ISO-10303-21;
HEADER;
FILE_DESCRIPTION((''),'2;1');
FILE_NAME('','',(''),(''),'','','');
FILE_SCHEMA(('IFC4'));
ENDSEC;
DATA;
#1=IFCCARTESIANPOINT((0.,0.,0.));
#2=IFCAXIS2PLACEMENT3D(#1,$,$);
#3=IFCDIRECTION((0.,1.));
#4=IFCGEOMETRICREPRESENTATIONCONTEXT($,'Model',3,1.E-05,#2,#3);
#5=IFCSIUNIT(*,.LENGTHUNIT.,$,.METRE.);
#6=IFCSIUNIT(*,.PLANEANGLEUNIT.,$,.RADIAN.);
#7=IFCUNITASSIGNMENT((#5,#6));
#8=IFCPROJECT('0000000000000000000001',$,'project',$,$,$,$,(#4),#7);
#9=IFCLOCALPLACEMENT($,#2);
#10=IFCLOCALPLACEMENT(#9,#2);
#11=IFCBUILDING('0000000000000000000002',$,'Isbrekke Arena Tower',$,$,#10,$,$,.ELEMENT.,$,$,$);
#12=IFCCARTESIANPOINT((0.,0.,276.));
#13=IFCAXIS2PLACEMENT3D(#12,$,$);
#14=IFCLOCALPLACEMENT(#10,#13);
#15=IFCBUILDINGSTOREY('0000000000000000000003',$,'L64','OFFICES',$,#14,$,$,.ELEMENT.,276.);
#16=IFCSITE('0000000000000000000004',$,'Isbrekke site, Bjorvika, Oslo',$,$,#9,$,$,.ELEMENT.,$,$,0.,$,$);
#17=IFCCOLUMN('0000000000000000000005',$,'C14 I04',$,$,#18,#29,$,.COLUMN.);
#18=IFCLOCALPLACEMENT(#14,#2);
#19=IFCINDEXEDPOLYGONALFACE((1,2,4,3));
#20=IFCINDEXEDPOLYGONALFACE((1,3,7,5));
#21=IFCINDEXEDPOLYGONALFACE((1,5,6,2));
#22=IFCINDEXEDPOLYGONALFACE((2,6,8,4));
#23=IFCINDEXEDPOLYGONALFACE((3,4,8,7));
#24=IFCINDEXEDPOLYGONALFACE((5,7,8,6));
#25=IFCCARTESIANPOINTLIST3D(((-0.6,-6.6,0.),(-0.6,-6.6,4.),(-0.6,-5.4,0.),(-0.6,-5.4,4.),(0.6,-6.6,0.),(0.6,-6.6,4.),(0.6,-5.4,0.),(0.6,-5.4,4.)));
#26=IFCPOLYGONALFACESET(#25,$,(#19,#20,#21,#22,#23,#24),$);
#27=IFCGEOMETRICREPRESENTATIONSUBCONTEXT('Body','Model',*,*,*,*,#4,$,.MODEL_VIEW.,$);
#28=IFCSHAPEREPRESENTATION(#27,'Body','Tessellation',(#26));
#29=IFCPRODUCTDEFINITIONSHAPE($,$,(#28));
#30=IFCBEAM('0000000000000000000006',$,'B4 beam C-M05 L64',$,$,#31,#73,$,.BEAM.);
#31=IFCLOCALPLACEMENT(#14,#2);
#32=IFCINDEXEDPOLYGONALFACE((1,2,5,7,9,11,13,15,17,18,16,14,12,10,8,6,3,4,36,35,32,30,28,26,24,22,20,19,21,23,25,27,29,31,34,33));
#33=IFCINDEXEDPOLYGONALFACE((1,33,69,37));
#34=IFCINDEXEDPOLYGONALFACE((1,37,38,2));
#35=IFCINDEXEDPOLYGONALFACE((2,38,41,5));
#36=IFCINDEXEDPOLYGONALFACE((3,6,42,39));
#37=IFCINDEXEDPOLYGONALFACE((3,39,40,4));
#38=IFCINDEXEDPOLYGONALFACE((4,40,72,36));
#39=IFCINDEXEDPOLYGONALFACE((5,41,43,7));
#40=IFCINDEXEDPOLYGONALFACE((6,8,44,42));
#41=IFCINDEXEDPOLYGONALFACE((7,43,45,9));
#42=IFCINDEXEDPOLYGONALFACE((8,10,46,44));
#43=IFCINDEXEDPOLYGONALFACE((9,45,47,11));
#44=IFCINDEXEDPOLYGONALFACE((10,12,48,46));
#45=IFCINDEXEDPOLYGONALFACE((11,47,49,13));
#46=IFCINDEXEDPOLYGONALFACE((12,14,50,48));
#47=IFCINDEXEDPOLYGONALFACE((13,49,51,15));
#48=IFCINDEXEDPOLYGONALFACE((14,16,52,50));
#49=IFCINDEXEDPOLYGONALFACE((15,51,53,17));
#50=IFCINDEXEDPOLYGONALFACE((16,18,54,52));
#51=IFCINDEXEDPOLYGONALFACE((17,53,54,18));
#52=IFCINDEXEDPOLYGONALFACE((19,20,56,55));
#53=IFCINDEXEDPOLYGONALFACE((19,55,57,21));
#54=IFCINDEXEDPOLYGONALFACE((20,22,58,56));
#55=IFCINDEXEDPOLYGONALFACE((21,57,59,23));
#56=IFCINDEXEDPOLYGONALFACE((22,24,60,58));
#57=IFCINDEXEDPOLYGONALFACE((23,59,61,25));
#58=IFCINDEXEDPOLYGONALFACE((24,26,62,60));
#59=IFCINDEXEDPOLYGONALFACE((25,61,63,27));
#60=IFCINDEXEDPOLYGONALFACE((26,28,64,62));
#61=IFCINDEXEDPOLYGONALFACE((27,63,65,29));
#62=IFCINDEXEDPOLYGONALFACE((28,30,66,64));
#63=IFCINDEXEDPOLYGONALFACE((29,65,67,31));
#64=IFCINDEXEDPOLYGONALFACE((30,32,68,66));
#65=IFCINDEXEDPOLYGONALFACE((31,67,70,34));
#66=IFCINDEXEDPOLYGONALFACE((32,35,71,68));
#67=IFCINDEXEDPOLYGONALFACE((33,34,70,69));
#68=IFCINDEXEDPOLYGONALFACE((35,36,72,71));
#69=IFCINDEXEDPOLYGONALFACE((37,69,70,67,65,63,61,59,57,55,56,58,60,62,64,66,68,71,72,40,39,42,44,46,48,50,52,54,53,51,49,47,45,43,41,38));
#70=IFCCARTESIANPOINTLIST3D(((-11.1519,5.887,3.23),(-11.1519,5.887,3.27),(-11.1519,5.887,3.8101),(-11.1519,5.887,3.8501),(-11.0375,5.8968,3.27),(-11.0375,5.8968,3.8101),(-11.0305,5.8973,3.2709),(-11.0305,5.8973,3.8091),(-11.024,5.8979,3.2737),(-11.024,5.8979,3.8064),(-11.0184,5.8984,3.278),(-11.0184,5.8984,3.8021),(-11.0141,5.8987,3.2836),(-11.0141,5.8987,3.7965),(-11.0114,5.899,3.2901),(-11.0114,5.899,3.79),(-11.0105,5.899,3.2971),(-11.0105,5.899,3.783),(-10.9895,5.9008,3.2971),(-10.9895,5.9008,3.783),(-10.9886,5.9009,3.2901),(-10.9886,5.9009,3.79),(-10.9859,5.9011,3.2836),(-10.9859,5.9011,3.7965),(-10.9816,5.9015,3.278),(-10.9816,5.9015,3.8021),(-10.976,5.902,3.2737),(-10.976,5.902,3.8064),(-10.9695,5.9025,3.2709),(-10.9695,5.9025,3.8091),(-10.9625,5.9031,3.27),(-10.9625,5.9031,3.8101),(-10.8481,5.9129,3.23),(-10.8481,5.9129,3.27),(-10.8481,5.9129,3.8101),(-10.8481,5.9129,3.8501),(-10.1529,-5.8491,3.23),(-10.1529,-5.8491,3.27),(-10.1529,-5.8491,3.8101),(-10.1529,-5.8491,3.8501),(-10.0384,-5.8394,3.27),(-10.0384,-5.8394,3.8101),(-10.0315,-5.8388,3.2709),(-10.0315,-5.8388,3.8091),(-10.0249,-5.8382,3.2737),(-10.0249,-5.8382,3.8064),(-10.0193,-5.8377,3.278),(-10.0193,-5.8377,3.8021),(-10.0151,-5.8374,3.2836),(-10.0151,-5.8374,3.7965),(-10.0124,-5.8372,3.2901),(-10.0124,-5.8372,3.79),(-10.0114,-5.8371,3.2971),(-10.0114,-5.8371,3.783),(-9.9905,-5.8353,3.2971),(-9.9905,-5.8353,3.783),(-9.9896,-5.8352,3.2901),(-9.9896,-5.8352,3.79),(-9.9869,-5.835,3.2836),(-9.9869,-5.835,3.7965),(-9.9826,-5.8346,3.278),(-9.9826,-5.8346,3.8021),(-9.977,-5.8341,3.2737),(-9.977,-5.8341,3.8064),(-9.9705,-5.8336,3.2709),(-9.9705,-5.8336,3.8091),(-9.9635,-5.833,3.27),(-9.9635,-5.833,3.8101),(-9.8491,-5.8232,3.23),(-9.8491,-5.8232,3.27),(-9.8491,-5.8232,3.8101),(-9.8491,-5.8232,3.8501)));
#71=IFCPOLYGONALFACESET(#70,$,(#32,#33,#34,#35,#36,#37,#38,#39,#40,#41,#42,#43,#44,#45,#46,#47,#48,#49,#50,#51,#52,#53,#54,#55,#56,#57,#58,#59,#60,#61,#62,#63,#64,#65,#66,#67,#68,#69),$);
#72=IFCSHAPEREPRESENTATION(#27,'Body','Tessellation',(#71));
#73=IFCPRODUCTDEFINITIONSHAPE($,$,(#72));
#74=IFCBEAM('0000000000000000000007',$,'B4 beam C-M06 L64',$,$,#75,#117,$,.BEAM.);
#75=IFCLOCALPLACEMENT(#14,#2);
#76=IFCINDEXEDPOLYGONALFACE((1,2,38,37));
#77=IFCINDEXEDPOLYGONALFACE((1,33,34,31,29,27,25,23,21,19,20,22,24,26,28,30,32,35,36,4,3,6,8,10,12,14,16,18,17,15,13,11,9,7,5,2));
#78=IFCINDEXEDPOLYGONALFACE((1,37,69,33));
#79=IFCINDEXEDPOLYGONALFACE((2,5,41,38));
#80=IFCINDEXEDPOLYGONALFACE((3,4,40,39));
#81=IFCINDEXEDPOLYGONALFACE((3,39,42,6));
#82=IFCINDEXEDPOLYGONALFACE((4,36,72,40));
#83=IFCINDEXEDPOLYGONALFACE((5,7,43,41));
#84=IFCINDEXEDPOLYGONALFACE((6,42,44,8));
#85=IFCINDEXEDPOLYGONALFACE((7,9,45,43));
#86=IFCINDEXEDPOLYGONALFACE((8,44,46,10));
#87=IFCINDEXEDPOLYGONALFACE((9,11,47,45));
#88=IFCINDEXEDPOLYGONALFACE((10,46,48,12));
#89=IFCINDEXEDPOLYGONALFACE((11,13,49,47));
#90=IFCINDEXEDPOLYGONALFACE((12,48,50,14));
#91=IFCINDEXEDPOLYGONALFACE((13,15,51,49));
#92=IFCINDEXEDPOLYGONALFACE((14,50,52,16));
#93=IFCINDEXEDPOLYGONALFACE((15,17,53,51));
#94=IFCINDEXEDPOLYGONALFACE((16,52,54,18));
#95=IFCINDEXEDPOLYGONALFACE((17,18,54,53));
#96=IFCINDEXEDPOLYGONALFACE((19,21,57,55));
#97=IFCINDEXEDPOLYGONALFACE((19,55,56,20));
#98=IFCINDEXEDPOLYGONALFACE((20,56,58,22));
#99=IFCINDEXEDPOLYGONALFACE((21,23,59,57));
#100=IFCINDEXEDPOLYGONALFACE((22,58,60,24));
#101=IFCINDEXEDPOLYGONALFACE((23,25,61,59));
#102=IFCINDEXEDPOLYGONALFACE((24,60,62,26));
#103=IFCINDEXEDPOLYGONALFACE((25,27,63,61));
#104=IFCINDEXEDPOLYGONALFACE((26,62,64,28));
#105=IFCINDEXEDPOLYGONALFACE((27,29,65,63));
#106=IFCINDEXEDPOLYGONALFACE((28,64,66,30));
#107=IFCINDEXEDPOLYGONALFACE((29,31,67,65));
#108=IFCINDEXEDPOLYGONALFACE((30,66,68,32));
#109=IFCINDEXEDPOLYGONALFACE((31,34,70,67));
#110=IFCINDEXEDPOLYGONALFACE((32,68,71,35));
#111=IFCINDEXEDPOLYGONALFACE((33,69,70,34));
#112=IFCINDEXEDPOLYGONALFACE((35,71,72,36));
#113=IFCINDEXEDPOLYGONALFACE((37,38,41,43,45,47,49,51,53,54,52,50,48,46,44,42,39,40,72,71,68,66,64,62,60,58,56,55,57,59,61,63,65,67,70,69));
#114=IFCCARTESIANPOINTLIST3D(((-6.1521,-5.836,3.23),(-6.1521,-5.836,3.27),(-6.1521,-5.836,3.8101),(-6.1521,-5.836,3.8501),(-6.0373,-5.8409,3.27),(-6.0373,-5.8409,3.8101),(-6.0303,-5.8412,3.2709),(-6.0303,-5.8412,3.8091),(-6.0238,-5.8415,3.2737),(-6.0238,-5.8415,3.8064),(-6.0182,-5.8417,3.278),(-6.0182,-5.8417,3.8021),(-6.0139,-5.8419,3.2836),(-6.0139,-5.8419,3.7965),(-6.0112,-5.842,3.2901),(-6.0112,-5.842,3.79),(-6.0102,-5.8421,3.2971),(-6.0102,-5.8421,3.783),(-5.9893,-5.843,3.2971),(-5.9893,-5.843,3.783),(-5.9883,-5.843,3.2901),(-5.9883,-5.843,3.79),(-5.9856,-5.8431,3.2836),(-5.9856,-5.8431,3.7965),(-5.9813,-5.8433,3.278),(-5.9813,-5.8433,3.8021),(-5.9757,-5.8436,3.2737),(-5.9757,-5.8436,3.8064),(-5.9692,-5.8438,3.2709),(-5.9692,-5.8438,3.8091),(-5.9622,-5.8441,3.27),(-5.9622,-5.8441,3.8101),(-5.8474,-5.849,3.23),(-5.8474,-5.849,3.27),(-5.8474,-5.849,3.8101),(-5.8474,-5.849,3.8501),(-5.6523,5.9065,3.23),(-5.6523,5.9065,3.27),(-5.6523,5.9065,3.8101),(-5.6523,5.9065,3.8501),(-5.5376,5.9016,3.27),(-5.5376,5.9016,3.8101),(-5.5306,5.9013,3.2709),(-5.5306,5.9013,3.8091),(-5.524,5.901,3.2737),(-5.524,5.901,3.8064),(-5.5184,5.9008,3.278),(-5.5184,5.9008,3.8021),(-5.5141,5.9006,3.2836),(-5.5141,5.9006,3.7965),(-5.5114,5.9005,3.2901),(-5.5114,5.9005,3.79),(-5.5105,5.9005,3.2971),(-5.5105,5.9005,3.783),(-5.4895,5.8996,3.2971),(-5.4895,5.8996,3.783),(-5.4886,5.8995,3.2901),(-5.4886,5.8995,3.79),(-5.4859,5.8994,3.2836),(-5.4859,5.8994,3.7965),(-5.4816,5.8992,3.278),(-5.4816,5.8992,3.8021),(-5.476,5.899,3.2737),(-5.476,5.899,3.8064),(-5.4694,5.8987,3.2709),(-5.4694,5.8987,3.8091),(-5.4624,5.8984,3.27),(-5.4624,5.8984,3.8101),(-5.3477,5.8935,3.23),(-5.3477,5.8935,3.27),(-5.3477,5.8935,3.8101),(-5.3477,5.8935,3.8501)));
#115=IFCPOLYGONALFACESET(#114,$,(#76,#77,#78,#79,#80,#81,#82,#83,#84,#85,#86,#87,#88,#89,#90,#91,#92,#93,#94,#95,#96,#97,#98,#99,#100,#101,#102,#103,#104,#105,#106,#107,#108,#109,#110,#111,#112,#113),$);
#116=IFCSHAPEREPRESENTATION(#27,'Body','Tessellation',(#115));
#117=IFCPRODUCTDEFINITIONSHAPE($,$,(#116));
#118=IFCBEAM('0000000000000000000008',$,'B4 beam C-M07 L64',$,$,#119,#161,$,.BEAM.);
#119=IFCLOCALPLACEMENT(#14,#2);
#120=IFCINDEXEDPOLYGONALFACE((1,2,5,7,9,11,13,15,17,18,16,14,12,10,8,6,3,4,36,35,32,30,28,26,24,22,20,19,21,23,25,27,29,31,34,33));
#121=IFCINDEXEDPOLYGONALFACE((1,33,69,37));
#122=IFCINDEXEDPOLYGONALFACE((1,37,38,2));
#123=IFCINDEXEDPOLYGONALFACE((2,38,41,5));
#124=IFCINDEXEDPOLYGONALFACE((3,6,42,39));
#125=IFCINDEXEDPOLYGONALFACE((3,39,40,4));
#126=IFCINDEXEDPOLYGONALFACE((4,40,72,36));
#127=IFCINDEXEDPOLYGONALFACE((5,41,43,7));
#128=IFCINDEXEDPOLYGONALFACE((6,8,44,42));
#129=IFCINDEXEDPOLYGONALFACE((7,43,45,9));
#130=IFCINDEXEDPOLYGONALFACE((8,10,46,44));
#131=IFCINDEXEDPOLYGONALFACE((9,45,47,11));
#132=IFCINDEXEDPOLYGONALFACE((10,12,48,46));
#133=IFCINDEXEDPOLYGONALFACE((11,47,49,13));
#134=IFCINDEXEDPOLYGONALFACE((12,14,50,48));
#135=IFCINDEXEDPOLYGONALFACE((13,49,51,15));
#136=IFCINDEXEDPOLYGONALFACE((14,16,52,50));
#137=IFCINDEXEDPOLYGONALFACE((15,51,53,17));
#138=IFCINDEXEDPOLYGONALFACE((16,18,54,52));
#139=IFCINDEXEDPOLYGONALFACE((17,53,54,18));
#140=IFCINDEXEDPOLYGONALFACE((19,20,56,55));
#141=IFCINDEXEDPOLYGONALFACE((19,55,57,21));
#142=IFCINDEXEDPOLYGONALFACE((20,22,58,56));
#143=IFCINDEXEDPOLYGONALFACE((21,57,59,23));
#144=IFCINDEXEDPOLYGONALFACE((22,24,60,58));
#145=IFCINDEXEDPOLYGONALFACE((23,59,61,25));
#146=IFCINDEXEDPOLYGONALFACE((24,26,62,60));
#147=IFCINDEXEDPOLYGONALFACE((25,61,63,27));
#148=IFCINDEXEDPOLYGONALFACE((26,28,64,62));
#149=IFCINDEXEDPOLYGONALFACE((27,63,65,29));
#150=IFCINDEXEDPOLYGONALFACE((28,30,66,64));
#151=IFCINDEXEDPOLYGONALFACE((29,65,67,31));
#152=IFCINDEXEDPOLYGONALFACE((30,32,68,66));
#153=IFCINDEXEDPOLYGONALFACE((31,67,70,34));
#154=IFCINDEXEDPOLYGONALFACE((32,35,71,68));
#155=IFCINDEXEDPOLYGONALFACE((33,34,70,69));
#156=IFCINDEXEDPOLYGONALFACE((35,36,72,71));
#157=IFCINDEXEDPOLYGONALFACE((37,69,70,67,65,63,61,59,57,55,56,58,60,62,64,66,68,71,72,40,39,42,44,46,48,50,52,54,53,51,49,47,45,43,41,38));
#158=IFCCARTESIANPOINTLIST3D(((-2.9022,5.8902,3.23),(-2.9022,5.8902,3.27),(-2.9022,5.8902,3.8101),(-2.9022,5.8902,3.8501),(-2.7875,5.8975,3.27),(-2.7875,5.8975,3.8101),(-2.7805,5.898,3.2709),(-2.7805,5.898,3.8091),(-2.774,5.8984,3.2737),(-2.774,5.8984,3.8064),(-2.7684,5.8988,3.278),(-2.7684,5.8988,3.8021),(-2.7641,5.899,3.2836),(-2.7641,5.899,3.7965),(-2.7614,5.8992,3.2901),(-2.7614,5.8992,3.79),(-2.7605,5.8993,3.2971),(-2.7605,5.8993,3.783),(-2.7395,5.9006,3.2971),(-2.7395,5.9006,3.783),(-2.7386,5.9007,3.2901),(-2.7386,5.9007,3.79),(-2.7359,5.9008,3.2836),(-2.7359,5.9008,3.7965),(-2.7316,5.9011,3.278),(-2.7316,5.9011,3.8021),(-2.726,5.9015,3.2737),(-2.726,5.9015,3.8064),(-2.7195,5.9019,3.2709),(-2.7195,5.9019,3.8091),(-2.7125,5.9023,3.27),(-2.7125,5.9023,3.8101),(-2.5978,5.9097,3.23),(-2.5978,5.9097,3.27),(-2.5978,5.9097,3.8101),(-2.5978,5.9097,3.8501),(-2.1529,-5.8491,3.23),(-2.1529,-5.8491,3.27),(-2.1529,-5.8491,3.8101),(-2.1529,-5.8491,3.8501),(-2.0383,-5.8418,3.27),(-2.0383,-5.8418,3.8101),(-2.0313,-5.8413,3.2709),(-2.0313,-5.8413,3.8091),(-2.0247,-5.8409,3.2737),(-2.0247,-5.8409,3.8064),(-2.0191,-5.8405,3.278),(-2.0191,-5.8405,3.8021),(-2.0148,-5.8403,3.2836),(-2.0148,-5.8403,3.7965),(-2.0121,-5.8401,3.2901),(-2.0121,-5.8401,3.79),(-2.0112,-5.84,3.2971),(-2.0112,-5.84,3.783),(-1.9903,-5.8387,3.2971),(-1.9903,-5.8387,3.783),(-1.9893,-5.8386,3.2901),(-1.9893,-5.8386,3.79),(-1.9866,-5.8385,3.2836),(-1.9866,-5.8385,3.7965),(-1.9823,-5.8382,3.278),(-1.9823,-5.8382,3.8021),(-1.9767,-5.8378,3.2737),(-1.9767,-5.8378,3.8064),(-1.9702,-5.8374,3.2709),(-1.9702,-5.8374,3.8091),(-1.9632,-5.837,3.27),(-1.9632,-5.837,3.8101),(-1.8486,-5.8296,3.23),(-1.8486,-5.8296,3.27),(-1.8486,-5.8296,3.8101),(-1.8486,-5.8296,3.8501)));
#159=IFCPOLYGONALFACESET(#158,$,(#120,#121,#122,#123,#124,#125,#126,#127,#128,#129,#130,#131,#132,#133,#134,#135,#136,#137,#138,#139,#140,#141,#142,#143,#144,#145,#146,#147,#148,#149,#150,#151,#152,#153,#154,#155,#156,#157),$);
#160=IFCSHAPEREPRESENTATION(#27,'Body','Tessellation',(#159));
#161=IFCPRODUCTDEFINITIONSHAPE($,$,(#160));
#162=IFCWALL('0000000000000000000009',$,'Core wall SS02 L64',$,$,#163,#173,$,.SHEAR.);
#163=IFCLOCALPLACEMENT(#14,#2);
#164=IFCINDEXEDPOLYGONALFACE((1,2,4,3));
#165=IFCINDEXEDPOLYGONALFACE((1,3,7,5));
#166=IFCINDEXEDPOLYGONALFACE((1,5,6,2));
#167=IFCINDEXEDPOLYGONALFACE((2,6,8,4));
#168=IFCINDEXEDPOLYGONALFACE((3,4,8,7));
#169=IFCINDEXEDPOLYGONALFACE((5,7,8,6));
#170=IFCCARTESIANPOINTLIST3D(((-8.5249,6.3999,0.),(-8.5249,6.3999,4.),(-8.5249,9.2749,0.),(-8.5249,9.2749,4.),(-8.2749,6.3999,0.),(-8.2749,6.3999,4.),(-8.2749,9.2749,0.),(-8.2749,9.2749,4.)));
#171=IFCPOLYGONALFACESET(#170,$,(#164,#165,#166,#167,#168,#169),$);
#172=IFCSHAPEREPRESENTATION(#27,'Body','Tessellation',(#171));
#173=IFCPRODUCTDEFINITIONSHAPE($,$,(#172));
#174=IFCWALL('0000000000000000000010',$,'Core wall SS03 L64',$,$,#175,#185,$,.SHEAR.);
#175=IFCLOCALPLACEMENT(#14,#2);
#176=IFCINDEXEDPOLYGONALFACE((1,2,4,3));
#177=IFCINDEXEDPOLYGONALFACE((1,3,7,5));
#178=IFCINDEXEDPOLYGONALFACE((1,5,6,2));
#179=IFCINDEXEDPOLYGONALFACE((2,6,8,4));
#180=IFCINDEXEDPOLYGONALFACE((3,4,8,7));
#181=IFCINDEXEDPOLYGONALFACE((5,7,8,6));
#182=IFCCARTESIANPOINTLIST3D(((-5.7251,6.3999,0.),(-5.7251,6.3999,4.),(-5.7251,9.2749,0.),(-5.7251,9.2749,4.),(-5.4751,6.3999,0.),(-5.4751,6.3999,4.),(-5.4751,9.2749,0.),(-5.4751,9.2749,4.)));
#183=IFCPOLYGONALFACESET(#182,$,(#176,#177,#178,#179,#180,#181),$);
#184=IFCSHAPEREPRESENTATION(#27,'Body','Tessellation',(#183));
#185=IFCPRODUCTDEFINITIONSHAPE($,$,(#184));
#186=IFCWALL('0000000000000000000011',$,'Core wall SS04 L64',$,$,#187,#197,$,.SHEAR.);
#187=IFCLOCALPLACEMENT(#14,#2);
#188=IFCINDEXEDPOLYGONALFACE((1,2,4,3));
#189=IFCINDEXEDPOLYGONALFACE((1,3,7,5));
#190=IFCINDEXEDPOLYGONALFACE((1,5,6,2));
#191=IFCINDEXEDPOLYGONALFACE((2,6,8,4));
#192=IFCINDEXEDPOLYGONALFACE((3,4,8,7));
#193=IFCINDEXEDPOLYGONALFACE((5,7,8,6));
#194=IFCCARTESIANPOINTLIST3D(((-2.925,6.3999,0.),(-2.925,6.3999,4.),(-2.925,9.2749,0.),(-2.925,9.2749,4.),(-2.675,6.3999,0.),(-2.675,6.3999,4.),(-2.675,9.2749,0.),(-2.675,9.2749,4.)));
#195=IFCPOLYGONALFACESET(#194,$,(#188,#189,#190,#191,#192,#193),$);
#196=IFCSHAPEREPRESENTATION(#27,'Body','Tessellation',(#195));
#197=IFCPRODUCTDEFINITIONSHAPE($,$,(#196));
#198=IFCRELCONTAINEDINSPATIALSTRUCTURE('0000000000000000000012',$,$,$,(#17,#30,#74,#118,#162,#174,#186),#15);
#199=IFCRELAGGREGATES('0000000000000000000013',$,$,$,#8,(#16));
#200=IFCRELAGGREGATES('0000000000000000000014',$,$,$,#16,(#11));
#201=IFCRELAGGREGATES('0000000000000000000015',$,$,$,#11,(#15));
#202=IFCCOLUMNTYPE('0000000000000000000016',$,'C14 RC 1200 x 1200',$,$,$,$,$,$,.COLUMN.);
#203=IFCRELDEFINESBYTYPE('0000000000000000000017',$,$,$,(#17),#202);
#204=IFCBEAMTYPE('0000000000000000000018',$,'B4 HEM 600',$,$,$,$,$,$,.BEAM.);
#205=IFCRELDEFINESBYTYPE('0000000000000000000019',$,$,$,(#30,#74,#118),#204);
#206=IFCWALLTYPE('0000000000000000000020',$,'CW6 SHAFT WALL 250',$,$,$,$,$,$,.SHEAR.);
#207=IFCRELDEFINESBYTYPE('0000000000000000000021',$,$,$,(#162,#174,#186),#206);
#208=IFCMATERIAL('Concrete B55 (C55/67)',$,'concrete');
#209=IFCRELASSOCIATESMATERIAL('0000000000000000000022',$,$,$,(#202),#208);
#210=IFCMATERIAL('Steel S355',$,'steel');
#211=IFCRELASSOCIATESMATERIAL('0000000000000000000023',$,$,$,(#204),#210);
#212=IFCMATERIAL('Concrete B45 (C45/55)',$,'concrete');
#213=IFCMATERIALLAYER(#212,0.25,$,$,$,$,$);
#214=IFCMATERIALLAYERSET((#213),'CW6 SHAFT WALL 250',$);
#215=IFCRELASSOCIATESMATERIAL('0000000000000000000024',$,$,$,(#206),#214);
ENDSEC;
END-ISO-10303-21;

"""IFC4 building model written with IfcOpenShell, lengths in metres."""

from ifc_helpers import new_model, si_unit, direction, frame, frame_2d, origin, origin_2d, place, context, subcontext, project, spatial, rectangle, i_section, extrude, material, layer, layer_set, material_profile, profile_set, type_object, element, save


model = new_model("IFC4")

# Units and contexts
model_context = context("Model", 3, precision=1e-05, world=origin(), true_north=direction((0.0, 1.0)))
body_context = subcontext(model_context, "Body", "Model", "MODEL_VIEW")
ifc_project = project(units=[si_unit("LENGTHUNIT", "METRE"), si_unit("PLANEANGLEUNIT", "RADIAN")], contexts=[model_context])

# Site, building, storey
site_placement = place(None, origin())
site = spatial("IfcSite", under=ifc_project, at=site_placement, Name="Isbrekke site, Bjorvika, Oslo", CompositionType="ELEMENT", RefElevation=0.0)
building_placement = place(site_placement, origin())
building = spatial("IfcBuilding", under=site, at=building_placement, Name="Isbrekke Arena Tower", CompositionType="ELEMENT")
storey_placement = place(building_placement, frame((0.0, 0.0, 276.0)))
storey = spatial("IfcBuildingStorey", under=building, at=storey_placement, Name="L64", Description="OFFICES", CompositionType="ELEMENT", Elevation=276.0)

# Column
ifc_material_1 = material(Name="Concrete B55 (C55/67)", Category="concrete")
ifc_material_profile_1 = material_profile(ifc_material_1, rectangle(XDim=1.2, YDim=1.2, at=origin_2d()), Name="RC 1200x1200")
ifc_profile_set_1 = profile_set([ifc_material_profile_1], Name="Concrete B55 (C55/67)")
column_type = type_object("IfcColumnType", Name="C14 RC 1200 x 1200", PredefinedType="COLUMN", material=ifc_profile_set_1)
column_placement = place(storey_placement, frame((0.0, -6.0, 0.0), z_axis=(0.0, 0.0, 1.0), x_axis=(1.0, 0.0, 0.0)))
element("IfcColumn", 1, at=column_placement, inside=storey, type_object=column_type, Name="C14 I04", PredefinedType="COLUMN", context=body_context, shape_type="SweptSolid", body=[
    extrude(rectangle(XDim=1.2, YDim=1.2, at=origin_2d()), origin(), (0.0, 0.0, 1.0), 4.0),
])

# Beams
ifc_material_2 = material(Name="Steel S355", Category="steel")
ifc_material_profile_2 = material_profile(ifc_material_2, i_section(OverallWidth=0.3049, OverallDepth=0.6201, WebThickness=0.021, FlangeThickness=0.04, FilletRadius=0.0271, at=origin_2d()), Name="HEM 600")
ifc_profile_set_2 = profile_set([ifc_material_profile_2], Name="Steel S355")
beam_type = type_object("IfcBeamType", Name="B4 HEM 600", PredefinedType="BEAM", material=ifc_profile_set_2)
beam_1_placement = place(storey_placement, frame((-10.001, -5.8362, 3.54), z_axis=(-0.084817, 0.996397, 0.0), x_axis=(-0.996397, -0.084817, 0.0)))
element("IfcBeam", 2, at=beam_1_placement, inside=storey, type_object=beam_type, Name="B4 beam C-M05 L64", PredefinedType="BEAM", context=body_context, shape_type="SweptSolid", body=[
    extrude(i_section(OverallWidth=0.3049, OverallDepth=0.6201, WebThickness=0.021, FlangeThickness=0.04, FilletRadius=0.0271, at=origin_2d()), origin(), (0.0, 0.0, 1.0), 11.7786),
])
beam_2_placement = place(storey_placement, frame((-5.9998, -5.8425, 3.54), z_axis=(0.042521, 0.999096, 0.0), x_axis=(-0.999096, 0.042521, 0.0)))
element("IfcBeam", 3, at=beam_2_placement, inside=storey, type_object=beam_type, Name="B4 beam C-M06 L64", PredefinedType="BEAM", context=body_context, shape_type="SweptSolid", body=[
    extrude(i_section(OverallWidth=0.3049, OverallDepth=0.6201, WebThickness=0.021, FlangeThickness=0.04, FilletRadius=0.0271, at=origin_2d()), origin(), (0.0, 0.0, 1.0), 11.7532),
])
beam_3_placement = place(storey_placement, frame((-2.0007, -5.8394, 3.54), z_axis=(-0.063696, 0.997969, 0.0), x_axis=(-0.997969, -0.063696, 0.0)))
element("IfcBeam", 4, at=beam_3_placement, inside=storey, type_object=beam_type, Name="B4 beam C-M07 L64", PredefinedType="BEAM", context=body_context, shape_type="SweptSolid", body=[
    extrude(i_section(OverallWidth=0.3049, OverallDepth=0.6201, WebThickness=0.021, FlangeThickness=0.04, FilletRadius=0.0271, at=origin_2d()), origin(), (0.0, 0.0, 1.0), 11.7632),
])

# Walls
ifc_material_3 = material(Name="Concrete B45 (C45/55)", Category="concrete")
ifc_layer_1 = layer(ifc_material_3, 0.25)
ifc_layer_set_1 = layer_set([ifc_layer_1], Name="CW6 SHAFT WALL 250")
wall_type_1 = type_object("IfcWallType", Name="CW6 SHAFT WALL 250", PredefinedType="SHEAR", material=ifc_layer_set_1)
for number, where, z_axis, x_axis, name in (
    (5, (-8.3999, 6.3999, 0.0), (0.0, 0.0, 1.0), (0.0, 1.0, 0.0), "Core wall SS02 L64"),
    (6, (-5.6001, 6.3999, 0.0), (0.0, 0.0, 1.0), (0.0, 1.0, 0.0), "Core wall SS03 L64"),
    (7, (-2.8, 6.3999, 0.0), (0.0, 0.0, 1.0), (0.0, 1.0, 0.0), "Core wall SS04 L64"),
):
    element("IfcWall", number, at=place(storey_placement, frame(where, z_axis=z_axis, x_axis=x_axis)), inside=storey, type_object=wall_type_1, Name=name, PredefinedType="SHEAR", context=body_context, shape_type="SweptSolid", body=[
        extrude(rectangle(XDim=2.875, YDim=0.25, at=frame_2d((1.4375, 0.0))), origin(), (0.0, 0.0, 1.0), 4.0),
    ])

save(model, "model.ifc")
